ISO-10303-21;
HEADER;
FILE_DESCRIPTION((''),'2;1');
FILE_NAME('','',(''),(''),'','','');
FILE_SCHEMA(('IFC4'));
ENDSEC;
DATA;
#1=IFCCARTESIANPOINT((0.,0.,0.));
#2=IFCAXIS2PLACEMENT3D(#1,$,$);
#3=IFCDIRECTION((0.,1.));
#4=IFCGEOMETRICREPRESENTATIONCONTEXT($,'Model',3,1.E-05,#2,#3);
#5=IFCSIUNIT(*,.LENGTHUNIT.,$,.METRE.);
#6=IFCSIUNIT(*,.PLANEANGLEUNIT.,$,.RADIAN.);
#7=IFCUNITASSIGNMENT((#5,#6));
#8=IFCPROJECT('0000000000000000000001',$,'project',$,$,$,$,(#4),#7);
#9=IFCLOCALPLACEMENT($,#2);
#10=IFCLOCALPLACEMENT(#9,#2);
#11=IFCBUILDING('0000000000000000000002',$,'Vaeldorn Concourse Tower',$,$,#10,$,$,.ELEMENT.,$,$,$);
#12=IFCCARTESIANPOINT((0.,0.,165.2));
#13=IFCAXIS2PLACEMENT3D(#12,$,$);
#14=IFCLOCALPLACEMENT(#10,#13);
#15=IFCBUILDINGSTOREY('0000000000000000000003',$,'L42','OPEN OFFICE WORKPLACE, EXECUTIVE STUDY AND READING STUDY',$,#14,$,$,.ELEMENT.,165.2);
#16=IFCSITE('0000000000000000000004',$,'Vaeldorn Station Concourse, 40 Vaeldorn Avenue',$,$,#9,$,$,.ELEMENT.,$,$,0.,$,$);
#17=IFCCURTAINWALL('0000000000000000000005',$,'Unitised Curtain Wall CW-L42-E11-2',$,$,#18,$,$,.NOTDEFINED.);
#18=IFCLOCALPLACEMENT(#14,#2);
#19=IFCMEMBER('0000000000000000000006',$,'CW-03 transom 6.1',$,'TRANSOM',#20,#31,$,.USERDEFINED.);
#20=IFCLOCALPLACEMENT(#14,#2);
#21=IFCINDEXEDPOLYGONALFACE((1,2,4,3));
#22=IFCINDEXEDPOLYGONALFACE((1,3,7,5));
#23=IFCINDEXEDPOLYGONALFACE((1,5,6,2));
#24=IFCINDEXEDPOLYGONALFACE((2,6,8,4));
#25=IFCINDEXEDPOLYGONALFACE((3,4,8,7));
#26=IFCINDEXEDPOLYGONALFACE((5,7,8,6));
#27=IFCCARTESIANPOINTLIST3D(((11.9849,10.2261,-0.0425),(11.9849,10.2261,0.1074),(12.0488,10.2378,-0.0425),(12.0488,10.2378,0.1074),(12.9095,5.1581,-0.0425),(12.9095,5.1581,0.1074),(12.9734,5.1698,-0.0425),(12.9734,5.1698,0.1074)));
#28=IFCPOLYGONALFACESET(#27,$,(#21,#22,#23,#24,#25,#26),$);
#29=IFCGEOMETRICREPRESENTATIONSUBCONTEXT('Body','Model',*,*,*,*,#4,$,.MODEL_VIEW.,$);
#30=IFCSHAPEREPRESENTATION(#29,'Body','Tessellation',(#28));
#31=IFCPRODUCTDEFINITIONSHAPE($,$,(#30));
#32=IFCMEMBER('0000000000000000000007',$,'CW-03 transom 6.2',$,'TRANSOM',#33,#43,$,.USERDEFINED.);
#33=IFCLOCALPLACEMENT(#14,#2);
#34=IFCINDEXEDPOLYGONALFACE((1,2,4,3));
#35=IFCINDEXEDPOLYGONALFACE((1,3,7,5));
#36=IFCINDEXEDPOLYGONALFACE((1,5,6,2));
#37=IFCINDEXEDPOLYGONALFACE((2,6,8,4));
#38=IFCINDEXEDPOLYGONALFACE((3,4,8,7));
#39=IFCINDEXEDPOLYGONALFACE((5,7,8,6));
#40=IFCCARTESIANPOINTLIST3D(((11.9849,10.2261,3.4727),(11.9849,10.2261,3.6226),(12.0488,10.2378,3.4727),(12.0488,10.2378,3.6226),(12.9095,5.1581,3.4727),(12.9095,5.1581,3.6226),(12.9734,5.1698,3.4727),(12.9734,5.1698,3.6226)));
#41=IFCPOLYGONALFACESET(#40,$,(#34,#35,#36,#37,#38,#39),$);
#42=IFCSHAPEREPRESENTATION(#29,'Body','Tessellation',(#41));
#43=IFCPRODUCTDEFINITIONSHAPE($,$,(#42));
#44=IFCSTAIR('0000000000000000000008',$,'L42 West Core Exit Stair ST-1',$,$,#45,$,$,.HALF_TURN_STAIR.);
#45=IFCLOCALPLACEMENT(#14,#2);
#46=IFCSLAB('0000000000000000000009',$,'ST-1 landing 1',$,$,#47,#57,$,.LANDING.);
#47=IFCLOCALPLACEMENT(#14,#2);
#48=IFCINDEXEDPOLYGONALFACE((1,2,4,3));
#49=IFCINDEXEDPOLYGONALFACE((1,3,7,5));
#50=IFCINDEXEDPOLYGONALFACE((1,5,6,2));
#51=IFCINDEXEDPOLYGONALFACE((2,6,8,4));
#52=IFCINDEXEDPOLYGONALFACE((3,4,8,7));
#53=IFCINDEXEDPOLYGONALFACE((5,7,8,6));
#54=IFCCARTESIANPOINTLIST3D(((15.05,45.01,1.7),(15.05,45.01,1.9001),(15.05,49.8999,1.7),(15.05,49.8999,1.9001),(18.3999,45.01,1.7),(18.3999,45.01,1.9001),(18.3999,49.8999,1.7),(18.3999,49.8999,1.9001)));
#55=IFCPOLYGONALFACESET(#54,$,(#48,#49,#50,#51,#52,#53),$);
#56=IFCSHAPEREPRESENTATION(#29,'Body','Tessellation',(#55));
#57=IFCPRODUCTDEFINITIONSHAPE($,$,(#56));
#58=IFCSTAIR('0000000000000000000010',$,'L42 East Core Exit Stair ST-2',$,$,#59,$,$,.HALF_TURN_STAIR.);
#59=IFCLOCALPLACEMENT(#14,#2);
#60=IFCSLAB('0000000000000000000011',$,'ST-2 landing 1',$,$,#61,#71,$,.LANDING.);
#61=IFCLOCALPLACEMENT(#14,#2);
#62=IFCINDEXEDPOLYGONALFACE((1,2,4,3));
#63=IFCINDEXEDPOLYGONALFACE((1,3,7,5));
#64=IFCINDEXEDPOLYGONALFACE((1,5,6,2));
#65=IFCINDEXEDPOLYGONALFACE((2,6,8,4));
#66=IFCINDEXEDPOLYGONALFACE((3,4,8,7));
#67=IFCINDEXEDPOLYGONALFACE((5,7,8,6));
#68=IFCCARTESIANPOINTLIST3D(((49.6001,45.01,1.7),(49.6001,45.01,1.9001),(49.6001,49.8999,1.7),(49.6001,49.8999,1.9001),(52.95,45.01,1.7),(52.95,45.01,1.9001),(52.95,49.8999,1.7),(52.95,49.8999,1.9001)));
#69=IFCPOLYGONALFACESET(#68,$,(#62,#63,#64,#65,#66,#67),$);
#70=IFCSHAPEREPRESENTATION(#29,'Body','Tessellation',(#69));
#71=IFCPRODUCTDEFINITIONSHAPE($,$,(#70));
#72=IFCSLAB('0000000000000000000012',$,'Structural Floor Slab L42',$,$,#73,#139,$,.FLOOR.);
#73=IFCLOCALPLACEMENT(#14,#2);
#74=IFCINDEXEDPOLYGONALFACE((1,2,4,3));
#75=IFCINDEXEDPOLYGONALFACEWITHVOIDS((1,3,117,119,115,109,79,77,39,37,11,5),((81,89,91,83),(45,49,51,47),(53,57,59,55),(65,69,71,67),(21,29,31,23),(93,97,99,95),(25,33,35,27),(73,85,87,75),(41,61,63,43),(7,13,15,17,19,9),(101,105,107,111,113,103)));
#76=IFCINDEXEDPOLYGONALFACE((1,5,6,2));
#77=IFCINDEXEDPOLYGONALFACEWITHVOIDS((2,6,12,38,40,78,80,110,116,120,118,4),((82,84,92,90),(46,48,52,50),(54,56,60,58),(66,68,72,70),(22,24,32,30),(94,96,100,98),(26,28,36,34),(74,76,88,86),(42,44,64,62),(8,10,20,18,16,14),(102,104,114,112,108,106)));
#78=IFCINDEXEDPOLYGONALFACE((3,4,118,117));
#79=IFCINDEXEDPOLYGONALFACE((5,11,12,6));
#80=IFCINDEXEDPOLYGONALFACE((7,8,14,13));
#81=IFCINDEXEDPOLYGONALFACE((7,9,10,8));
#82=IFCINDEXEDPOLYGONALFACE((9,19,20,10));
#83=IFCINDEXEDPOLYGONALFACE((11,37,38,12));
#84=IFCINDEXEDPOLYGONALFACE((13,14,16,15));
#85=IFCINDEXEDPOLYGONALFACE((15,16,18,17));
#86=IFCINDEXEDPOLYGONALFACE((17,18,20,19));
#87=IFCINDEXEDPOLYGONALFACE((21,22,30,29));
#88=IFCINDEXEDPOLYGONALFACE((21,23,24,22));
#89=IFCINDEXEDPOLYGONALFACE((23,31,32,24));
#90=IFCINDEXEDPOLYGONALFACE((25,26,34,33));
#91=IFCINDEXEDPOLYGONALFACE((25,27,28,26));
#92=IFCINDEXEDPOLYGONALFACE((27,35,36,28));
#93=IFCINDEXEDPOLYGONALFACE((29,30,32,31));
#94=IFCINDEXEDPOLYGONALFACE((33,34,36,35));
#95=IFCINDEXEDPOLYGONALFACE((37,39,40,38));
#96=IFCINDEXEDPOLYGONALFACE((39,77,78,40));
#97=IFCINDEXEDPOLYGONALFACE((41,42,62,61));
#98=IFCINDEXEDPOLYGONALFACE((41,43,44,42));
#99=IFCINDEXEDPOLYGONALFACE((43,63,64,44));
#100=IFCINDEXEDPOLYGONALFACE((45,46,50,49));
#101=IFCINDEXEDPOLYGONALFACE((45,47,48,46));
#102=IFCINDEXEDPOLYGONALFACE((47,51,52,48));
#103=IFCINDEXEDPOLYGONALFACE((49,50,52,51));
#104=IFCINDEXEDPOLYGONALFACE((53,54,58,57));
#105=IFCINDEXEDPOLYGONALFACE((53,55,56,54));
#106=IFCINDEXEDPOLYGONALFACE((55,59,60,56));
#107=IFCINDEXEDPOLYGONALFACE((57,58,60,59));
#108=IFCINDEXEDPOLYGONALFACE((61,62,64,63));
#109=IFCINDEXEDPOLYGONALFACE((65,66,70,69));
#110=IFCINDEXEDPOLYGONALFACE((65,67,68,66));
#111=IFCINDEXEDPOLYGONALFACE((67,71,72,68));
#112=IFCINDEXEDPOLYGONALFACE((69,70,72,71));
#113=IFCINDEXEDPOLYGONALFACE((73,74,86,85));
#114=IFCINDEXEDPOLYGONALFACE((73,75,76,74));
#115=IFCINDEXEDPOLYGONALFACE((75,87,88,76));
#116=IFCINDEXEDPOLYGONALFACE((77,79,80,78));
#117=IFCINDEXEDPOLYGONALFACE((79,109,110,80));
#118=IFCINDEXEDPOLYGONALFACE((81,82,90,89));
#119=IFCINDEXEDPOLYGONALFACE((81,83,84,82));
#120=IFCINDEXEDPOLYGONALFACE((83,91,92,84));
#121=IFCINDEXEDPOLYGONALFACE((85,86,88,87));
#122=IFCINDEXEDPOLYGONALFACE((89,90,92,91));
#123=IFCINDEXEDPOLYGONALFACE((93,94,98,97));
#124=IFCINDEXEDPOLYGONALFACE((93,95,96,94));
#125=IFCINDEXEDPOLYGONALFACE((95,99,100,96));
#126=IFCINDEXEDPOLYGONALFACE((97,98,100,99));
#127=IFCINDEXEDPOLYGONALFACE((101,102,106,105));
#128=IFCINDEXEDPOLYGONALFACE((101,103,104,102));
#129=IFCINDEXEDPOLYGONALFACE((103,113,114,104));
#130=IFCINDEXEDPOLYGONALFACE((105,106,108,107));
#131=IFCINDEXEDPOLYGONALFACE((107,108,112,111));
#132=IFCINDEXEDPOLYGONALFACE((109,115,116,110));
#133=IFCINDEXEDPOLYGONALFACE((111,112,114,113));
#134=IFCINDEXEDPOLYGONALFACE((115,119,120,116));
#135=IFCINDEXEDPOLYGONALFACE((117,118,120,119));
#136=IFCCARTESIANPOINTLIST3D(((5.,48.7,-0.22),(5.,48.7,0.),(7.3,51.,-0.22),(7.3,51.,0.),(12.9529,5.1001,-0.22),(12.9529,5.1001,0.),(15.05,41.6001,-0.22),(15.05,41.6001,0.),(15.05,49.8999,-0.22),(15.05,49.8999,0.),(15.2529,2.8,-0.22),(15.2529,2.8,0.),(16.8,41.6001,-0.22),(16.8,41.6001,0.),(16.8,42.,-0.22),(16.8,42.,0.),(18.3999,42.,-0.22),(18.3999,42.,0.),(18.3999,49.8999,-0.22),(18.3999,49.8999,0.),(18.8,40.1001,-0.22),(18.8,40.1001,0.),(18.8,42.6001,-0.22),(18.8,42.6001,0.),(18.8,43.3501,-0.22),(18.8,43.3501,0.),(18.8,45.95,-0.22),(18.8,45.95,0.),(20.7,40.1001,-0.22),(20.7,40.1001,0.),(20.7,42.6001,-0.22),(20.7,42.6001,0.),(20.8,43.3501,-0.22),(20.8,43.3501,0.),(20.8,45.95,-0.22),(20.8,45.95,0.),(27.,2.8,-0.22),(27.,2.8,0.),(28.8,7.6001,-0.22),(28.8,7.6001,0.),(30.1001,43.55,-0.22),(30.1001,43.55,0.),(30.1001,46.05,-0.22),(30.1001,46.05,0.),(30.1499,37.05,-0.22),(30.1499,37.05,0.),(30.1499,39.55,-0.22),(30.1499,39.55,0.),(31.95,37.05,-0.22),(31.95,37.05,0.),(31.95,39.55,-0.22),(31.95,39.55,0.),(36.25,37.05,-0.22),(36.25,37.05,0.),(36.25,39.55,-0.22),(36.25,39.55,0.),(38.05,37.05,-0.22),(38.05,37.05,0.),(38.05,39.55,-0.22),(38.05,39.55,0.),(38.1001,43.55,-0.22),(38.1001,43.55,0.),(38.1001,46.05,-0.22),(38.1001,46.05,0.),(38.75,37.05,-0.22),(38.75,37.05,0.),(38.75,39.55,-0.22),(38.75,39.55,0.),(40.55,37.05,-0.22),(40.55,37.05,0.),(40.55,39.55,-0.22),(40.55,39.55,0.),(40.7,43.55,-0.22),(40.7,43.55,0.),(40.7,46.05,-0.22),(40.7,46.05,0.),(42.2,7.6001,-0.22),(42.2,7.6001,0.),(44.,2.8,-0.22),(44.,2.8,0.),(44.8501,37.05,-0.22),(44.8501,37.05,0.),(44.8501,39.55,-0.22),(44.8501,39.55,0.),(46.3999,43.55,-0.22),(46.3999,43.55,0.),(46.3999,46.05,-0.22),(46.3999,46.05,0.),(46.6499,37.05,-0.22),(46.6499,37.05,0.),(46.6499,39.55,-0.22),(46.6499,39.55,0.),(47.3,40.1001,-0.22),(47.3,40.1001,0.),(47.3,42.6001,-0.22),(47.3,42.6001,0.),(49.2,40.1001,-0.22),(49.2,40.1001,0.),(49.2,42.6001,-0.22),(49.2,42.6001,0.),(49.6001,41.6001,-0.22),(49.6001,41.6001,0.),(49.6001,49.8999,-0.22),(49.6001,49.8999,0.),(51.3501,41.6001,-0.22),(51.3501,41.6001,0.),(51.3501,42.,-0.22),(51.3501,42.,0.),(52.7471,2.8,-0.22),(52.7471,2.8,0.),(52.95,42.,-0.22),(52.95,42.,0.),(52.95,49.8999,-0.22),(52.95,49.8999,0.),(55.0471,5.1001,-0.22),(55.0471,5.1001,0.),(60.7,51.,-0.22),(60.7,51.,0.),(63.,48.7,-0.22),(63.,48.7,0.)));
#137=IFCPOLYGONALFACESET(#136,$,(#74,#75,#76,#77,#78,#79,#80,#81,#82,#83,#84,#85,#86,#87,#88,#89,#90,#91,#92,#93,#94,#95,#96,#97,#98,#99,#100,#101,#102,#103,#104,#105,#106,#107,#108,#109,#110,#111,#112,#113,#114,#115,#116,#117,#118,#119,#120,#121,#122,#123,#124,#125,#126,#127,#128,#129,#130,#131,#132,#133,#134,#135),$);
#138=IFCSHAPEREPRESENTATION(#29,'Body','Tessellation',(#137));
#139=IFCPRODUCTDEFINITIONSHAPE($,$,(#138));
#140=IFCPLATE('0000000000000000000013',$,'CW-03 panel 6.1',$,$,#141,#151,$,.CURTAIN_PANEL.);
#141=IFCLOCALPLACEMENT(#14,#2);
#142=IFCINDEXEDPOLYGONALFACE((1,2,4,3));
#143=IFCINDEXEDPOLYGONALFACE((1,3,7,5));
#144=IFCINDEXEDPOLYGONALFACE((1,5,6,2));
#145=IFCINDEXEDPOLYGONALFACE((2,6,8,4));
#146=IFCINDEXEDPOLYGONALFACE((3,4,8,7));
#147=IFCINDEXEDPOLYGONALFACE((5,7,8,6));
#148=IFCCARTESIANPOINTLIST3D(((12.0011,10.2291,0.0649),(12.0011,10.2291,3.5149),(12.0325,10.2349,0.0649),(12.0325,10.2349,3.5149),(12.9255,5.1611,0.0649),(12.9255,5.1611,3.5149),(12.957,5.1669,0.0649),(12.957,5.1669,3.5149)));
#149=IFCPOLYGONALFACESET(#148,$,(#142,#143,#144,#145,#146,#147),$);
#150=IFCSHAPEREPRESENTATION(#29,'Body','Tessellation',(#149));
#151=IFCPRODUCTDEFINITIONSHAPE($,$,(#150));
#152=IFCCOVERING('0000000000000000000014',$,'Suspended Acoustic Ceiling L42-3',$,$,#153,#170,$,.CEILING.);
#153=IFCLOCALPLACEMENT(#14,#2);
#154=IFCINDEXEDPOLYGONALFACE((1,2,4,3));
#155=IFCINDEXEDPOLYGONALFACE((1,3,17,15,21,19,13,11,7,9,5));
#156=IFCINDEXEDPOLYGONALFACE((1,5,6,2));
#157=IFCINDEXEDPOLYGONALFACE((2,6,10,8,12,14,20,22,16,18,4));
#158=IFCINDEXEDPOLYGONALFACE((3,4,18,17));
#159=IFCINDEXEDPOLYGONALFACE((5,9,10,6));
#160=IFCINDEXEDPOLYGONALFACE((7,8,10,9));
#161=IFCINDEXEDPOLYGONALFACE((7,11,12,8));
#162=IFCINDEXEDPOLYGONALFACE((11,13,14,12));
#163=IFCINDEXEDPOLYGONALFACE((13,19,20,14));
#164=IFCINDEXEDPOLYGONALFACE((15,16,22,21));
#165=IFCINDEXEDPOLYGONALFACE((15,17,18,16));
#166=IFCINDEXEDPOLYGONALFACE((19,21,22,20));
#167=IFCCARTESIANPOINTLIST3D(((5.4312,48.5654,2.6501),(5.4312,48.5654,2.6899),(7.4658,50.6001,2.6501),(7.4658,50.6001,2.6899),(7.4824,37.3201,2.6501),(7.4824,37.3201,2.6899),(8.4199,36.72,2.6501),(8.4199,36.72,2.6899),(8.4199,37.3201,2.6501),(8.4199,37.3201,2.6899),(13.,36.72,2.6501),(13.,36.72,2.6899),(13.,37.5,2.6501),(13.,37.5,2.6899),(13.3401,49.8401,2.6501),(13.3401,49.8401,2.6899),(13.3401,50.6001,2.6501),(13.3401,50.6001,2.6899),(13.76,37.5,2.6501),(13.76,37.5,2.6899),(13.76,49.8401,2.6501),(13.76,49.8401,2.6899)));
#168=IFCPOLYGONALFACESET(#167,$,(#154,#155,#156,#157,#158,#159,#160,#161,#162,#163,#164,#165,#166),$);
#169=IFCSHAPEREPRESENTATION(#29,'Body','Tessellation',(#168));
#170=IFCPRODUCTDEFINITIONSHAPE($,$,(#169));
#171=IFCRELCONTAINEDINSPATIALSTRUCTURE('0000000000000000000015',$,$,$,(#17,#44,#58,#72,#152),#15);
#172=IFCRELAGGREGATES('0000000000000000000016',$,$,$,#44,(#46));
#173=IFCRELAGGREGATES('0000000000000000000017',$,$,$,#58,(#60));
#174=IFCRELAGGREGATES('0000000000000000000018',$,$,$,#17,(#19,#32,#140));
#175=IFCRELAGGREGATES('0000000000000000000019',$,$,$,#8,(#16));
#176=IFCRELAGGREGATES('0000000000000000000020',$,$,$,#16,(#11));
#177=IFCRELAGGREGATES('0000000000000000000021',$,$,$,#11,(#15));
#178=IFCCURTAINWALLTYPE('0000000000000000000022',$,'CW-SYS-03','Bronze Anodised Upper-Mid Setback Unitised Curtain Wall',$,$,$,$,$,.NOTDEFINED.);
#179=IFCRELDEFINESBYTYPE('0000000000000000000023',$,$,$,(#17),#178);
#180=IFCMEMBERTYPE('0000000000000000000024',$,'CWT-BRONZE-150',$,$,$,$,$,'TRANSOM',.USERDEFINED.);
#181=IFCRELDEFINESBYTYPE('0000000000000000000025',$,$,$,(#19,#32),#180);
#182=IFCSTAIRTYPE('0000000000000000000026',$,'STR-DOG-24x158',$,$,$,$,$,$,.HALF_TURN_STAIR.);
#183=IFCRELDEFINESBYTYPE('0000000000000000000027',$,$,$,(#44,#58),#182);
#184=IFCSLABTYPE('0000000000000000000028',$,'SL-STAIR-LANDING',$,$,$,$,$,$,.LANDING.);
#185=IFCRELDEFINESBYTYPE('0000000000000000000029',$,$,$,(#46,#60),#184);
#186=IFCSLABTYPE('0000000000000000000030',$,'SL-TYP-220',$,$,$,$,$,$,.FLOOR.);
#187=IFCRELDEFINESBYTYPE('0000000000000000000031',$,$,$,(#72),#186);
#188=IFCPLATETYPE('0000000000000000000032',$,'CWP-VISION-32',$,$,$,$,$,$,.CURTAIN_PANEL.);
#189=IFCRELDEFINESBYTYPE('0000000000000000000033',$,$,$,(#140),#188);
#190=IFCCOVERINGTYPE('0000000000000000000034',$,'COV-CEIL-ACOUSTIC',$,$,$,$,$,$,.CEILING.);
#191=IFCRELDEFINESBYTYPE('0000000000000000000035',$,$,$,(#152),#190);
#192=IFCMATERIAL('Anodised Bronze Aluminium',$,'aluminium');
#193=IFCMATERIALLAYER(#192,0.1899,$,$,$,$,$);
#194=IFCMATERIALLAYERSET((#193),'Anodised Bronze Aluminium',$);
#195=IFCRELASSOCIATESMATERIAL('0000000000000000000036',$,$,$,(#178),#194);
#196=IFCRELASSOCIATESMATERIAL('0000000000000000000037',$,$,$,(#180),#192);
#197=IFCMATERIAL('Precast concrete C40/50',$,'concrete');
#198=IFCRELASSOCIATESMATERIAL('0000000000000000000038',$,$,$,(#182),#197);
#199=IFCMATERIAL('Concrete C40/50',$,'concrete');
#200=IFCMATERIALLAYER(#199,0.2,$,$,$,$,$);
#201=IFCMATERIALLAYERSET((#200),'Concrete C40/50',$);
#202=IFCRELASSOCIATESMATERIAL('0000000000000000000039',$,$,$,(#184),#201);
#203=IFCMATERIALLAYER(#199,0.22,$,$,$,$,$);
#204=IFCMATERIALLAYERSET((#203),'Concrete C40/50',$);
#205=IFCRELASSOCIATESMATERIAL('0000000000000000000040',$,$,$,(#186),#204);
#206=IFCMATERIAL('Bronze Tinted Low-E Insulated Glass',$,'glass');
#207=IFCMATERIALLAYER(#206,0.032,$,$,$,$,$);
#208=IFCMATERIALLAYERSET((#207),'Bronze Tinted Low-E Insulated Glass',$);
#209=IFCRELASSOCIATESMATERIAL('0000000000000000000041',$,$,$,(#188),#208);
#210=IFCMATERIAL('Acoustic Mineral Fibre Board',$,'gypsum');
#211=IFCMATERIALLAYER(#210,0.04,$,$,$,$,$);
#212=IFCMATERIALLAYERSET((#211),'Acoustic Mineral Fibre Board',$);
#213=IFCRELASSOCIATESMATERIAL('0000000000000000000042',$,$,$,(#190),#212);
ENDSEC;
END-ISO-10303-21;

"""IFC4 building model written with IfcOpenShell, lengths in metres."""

from ifc_helpers import new_model, si_unit, direction, frame, origin, origin_2d, place, context, subcontext, project, spatial, polyline, rectangle, outline, extrude, source, transform, mapped, material, layer, layer_set, material_profile, profile_set, type_object, element, aggregate, save


model = new_model("IFC4")

# Units and contexts
model_context = context("Model", 3, precision=1e-05, world=origin(), true_north=direction((0.0, 1.0)))
body_context = subcontext(model_context, "Body", "Model", "MODEL_VIEW")
ifc_project = project(units=[si_unit("LENGTHUNIT", "METRE"), si_unit("PLANEANGLEUNIT", "RADIAN")], contexts=[model_context])

# Site, building, storey
site_placement = place(None, origin())
site = spatial("IfcSite", under=ifc_project, at=site_placement, Name="Vaeldorn Station Concourse, 40 Vaeldorn Avenue", CompositionType="ELEMENT", RefElevation=0.0)
building_placement = place(site_placement, origin())
building = spatial("IfcBuilding", under=site, at=building_placement, Name="Vaeldorn Concourse Tower", CompositionType="ELEMENT")
storey_placement = place(building_placement, frame((0.0, 0.0, 165.2)))
storey = spatial("IfcBuildingStorey", under=building, at=storey_placement, Name="L42", Description="OPEN OFFICE WORKPLACE, EXECUTIVE STUDY AND READING STUDY", CompositionType="ELEMENT", Elevation=165.2)

# Curtain wall, members
ifc_material_1 = material(Name="Anodised Bronze Aluminium", Category="aluminium")
ifc_layer_1 = layer(ifc_material_1, 0.1899)
ifc_layer_set_1 = layer_set([ifc_layer_1], Name="Anodised Bronze Aluminium")
curtain_wall_type = type_object("IfcCurtainWallType", Name="CW-SYS-03", Description="Bronze Anodised Upper-Mid Setback Unitised Curtain Wall", PredefinedType="NOTDEFINED", material=ifc_layer_set_1)
curtain_wall_placement = place(storey_placement, origin())
curtain_wall = element("IfcCurtainWall", 1, at=curtain_wall_placement, inside=storey, type_object=curtain_wall_type, Name="Unitised Curtain Wall CW-L42-E11-2", PredefinedType="NOTDEFINED")
ifc_material_profile = material_profile(ifc_material_1, rectangle(XDim=0.0649, YDim=0.1499, at=origin_2d()), Name="CWT 65x150")
ifc_profile_set = profile_set([ifc_material_profile], Name="Anodised Bronze Aluminium")
member_type = type_object("IfcMemberType", Name="CWT-BRONZE-150", ElementType="TRANSOM", PredefinedType="USERDEFINED", material=ifc_profile_set)
shared_shape_1 = source(origin(), body_context, "Body", "SweptSolid", [
    extrude(rectangle(XDim=0.0649, YDim=0.1499, at=origin_2d()), origin(), (0.0, 0.0, 1.0), 5.1516),
])
member_1_placement = place(storey_placement, frame((12.0168, 10.2319, 0.0325), z_axis=(0.179473, -0.983763, 0.0), x_axis=(0.983763, 0.179473, 0.0)))
member_1 = element("IfcMember", 2, at=member_1_placement, type_object=member_type, Name="CW-03 transom 6.1", ObjectType="TRANSOM", PredefinedType="USERDEFINED", context=body_context, shape_type="MappedRepresentation", body=[
    mapped(shared_shape_1, transform((0.0, 0.0, 0.0), scale=1.0)),
])
member_2_placement = place(storey_placement, frame((12.0168, 10.2319, 3.5476), z_axis=(0.179473, -0.983763, 0.0), x_axis=(0.983763, 0.179473, 0.0)))
member_2 = element("IfcMember", 3, at=member_2_placement, type_object=member_type, Name="CW-03 transom 6.2", ObjectType="TRANSOM", PredefinedType="USERDEFINED", context=body_context, shape_type="MappedRepresentation", body=[
    mapped(shared_shape_1, transform((0.0, 0.0, 0.0), scale=1.0)),
])

# Stairs, slabs
ifc_material_2 = material(Name="Precast concrete C40/50", Category="concrete")
stair_type = type_object("IfcStairType", Name="STR-DOG-24x158", PredefinedType="HALF_TURN_STAIR", material=ifc_material_2)
stair_1_placement = place(storey_placement, origin())
stair_1 = element("IfcStair", 4, at=stair_1_placement, inside=storey, type_object=stair_type, Name="L42 West Core Exit Stair ST-1", PredefinedType="HALF_TURN_STAIR")
ifc_material_3 = material(Name="Concrete C40/50", Category="concrete")
ifc_layer_2 = layer(ifc_material_3, 0.2)
ifc_layer_set_2 = layer_set([ifc_layer_2], Name="Concrete C40/50")
slab_type_1 = type_object("IfcSlabType", Name="SL-STAIR-LANDING", PredefinedType="LANDING", material=ifc_layer_set_2)
slab_1_placement = place(storey_placement, frame((0.0, 0.0, 1.7)))
slab_1 = element("IfcSlab", 5, at=slab_1_placement, type_object=slab_type_1, Name="ST-1 landing 1", PredefinedType="LANDING", context=body_context, shape_type="SweptSolid", body=[
    extrude(outline(polyline([(18.3999, 45.01), (18.3999, 49.8999), (15.05, 49.8999), (15.05, 45.01), (18.3999, 45.01)])), origin(), (0.0, 0.0, 1.0), 0.2002),
])
aggregate(stair_1, [slab_1])
stair_2_placement = place(storey_placement, origin())
stair_2 = element("IfcStair", 6, at=stair_2_placement, inside=storey, type_object=stair_type, Name="L42 East Core Exit Stair ST-2", PredefinedType="HALF_TURN_STAIR")
slab_2_placement = place(storey_placement, frame((0.0, 0.0, 1.7)))
slab_2 = element("IfcSlab", 7, at=slab_2_placement, type_object=slab_type_1, Name="ST-2 landing 1", PredefinedType="LANDING", context=body_context, shape_type="SweptSolid", body=[
    extrude(outline(polyline([(52.95, 45.01), (52.95, 49.8999), (49.6001, 49.8999), (49.6001, 45.01), (52.95, 45.01)])), origin(), (0.0, 0.0, 1.0), 0.2002),
])
aggregate(stair_2, [slab_2])

# Slab
ifc_layer_3 = layer(ifc_material_3, 0.22)
ifc_layer_set_3 = layer_set([ifc_layer_3], Name="Concrete C40/50")
slab_type_2 = type_object("IfcSlabType", Name="SL-TYP-220", PredefinedType="FLOOR", material=ifc_layer_set_3)
slab_3_placement = place(storey_placement, frame((0.0, 0.0, -0.22)))
element("IfcSlab", 8, at=slab_3_placement, inside=storey, type_object=slab_type_2, Name="Structural Floor Slab L42", PredefinedType="FLOOR", context=body_context, shape_type="SweptSolid", body=[
    extrude(outline(polyline([(15.2529, 2.8), (27.0, 2.8), (28.8, 7.6001), (42.2, 7.6001), (44.0, 2.8), (52.7471, 2.8), (55.0471, 5.1001), (63.0, 48.7), (60.7, 51.0), (7.3, 51.0), (5.0, 48.7), (12.9529, 5.1001), (15.2529, 2.8)]), holes=[polyline([(18.3999, 42.0), (18.3999, 49.8999), (15.05, 49.8999), (15.05, 41.6001), (16.8, 41.6001), (16.8, 42.0), (18.3999, 42.0)]), polyline([(52.95, 42.0), (52.95, 49.8999), (49.6001, 49.8999), (49.6001, 41.6001), (51.3501, 41.6001), (51.3501, 42.0), (52.95, 42.0)]), polyline([(30.1499, 37.05), (31.95, 37.05), (31.95, 39.55), (30.1499, 39.55), (30.1499, 37.05)]), polyline([(36.25, 37.05), (38.05, 37.05), (38.05, 39.55), (36.25, 39.55), (36.25, 37.05)]), polyline([(30.1001, 43.55), (38.1001, 43.55), (38.1001, 46.05), (30.1001, 46.05), (30.1001, 43.55)]), polyline([(38.75, 37.05), (40.55, 37.05), (40.55, 39.55), (38.75, 39.55), (38.75, 37.05)]), polyline([(44.8501, 37.05), (46.6499, 37.05), (46.6499, 39.55), (44.8501, 39.55), (44.8501, 37.05)]), polyline([(40.7, 43.55), (46.3999, 43.55), (46.3999, 46.05), (40.7, 46.05), (40.7, 43.55)]), polyline([(18.8, 43.3501), (20.8, 43.3501), (20.8, 45.95), (18.8, 45.95), (18.8, 43.3501)]), polyline([(18.8, 40.1001), (20.7, 40.1001), (20.7, 42.6001), (18.8, 42.6001), (18.8, 40.1001)]), polyline([(47.3, 40.1001), (49.2, 40.1001), (49.2, 42.6001), (47.3, 42.6001), (47.3, 40.1001)])]), origin(), (0.0, 0.0, 1.0), 0.22),
])

# Plate
ifc_material_4 = material(Name="Bronze Tinted Low-E Insulated Glass", Category="glass")
ifc_layer_4 = layer(ifc_material_4, 0.032)
ifc_layer_set_4 = layer_set([ifc_layer_4], Name="Bronze Tinted Low-E Insulated Glass")
plate_type = type_object("IfcPlateType", Name="CWP-VISION-32", PredefinedType="CURTAIN_PANEL", material=ifc_layer_set_4)
shared_shape_2 = source(origin(), body_context, "Body", "SweptSolid", [
    extrude(rectangle(XDim=5.1516, YDim=0.032, at=origin_2d()), origin(), (0.0, 0.0, 1.0), 3.45),
])
plate_placement = place(storey_placement, frame((12.479, 7.698, 0.0649), z_axis=(0.0, 0.0, 1.0), x_axis=(0.179446, -0.983768, 0.0)))
plate = element("IfcPlate", 9, at=plate_placement, type_object=plate_type, Name="CW-03 panel 6.1", PredefinedType="CURTAIN_PANEL", context=body_context, shape_type="MappedRepresentation", body=[
    mapped(shared_shape_2, transform((0.0, 0.0, 0.0), scale=1.0)),
])
aggregate(curtain_wall, [member_1, member_2, plate])

# Covering
ifc_material_5 = material(Name="Acoustic Mineral Fibre Board", Category="gypsum")
ifc_layer_5 = layer(ifc_material_5, 0.04)
ifc_layer_set_5 = layer_set([ifc_layer_5], Name="Acoustic Mineral Fibre Board")
covering_type_1 = type_object("IfcCoveringType", Name="COV-CEIL-ACOUSTIC", PredefinedType="CEILING", material=ifc_layer_set_5)
covering_1_placement = place(storey_placement, frame((0.0, 0.0, 2.6501)))
element("IfcCovering", 10, at=covering_1_placement, inside=storey, type_object=covering_type_1, Name="Suspended Acoustic Ceiling L42-3", PredefinedType="CEILING", context=body_context, shape_type="SweptSolid", body=[
    extrude(outline(polyline([(7.4658, 50.6001), (13.3401, 50.6001), (13.3401, 49.8401), (13.76, 49.8401), (13.76, 37.5), (13.0, 37.5), (13.0, 36.72), (8.4199, 36.72), (8.4199, 37.3201), (7.4824, 37.3201), (5.4312, 48.5654), (7.4658, 50.6001)])), origin(), (0.0, 0.0, 1.0), 0.0398),
])

save(model, "model.ifc")
